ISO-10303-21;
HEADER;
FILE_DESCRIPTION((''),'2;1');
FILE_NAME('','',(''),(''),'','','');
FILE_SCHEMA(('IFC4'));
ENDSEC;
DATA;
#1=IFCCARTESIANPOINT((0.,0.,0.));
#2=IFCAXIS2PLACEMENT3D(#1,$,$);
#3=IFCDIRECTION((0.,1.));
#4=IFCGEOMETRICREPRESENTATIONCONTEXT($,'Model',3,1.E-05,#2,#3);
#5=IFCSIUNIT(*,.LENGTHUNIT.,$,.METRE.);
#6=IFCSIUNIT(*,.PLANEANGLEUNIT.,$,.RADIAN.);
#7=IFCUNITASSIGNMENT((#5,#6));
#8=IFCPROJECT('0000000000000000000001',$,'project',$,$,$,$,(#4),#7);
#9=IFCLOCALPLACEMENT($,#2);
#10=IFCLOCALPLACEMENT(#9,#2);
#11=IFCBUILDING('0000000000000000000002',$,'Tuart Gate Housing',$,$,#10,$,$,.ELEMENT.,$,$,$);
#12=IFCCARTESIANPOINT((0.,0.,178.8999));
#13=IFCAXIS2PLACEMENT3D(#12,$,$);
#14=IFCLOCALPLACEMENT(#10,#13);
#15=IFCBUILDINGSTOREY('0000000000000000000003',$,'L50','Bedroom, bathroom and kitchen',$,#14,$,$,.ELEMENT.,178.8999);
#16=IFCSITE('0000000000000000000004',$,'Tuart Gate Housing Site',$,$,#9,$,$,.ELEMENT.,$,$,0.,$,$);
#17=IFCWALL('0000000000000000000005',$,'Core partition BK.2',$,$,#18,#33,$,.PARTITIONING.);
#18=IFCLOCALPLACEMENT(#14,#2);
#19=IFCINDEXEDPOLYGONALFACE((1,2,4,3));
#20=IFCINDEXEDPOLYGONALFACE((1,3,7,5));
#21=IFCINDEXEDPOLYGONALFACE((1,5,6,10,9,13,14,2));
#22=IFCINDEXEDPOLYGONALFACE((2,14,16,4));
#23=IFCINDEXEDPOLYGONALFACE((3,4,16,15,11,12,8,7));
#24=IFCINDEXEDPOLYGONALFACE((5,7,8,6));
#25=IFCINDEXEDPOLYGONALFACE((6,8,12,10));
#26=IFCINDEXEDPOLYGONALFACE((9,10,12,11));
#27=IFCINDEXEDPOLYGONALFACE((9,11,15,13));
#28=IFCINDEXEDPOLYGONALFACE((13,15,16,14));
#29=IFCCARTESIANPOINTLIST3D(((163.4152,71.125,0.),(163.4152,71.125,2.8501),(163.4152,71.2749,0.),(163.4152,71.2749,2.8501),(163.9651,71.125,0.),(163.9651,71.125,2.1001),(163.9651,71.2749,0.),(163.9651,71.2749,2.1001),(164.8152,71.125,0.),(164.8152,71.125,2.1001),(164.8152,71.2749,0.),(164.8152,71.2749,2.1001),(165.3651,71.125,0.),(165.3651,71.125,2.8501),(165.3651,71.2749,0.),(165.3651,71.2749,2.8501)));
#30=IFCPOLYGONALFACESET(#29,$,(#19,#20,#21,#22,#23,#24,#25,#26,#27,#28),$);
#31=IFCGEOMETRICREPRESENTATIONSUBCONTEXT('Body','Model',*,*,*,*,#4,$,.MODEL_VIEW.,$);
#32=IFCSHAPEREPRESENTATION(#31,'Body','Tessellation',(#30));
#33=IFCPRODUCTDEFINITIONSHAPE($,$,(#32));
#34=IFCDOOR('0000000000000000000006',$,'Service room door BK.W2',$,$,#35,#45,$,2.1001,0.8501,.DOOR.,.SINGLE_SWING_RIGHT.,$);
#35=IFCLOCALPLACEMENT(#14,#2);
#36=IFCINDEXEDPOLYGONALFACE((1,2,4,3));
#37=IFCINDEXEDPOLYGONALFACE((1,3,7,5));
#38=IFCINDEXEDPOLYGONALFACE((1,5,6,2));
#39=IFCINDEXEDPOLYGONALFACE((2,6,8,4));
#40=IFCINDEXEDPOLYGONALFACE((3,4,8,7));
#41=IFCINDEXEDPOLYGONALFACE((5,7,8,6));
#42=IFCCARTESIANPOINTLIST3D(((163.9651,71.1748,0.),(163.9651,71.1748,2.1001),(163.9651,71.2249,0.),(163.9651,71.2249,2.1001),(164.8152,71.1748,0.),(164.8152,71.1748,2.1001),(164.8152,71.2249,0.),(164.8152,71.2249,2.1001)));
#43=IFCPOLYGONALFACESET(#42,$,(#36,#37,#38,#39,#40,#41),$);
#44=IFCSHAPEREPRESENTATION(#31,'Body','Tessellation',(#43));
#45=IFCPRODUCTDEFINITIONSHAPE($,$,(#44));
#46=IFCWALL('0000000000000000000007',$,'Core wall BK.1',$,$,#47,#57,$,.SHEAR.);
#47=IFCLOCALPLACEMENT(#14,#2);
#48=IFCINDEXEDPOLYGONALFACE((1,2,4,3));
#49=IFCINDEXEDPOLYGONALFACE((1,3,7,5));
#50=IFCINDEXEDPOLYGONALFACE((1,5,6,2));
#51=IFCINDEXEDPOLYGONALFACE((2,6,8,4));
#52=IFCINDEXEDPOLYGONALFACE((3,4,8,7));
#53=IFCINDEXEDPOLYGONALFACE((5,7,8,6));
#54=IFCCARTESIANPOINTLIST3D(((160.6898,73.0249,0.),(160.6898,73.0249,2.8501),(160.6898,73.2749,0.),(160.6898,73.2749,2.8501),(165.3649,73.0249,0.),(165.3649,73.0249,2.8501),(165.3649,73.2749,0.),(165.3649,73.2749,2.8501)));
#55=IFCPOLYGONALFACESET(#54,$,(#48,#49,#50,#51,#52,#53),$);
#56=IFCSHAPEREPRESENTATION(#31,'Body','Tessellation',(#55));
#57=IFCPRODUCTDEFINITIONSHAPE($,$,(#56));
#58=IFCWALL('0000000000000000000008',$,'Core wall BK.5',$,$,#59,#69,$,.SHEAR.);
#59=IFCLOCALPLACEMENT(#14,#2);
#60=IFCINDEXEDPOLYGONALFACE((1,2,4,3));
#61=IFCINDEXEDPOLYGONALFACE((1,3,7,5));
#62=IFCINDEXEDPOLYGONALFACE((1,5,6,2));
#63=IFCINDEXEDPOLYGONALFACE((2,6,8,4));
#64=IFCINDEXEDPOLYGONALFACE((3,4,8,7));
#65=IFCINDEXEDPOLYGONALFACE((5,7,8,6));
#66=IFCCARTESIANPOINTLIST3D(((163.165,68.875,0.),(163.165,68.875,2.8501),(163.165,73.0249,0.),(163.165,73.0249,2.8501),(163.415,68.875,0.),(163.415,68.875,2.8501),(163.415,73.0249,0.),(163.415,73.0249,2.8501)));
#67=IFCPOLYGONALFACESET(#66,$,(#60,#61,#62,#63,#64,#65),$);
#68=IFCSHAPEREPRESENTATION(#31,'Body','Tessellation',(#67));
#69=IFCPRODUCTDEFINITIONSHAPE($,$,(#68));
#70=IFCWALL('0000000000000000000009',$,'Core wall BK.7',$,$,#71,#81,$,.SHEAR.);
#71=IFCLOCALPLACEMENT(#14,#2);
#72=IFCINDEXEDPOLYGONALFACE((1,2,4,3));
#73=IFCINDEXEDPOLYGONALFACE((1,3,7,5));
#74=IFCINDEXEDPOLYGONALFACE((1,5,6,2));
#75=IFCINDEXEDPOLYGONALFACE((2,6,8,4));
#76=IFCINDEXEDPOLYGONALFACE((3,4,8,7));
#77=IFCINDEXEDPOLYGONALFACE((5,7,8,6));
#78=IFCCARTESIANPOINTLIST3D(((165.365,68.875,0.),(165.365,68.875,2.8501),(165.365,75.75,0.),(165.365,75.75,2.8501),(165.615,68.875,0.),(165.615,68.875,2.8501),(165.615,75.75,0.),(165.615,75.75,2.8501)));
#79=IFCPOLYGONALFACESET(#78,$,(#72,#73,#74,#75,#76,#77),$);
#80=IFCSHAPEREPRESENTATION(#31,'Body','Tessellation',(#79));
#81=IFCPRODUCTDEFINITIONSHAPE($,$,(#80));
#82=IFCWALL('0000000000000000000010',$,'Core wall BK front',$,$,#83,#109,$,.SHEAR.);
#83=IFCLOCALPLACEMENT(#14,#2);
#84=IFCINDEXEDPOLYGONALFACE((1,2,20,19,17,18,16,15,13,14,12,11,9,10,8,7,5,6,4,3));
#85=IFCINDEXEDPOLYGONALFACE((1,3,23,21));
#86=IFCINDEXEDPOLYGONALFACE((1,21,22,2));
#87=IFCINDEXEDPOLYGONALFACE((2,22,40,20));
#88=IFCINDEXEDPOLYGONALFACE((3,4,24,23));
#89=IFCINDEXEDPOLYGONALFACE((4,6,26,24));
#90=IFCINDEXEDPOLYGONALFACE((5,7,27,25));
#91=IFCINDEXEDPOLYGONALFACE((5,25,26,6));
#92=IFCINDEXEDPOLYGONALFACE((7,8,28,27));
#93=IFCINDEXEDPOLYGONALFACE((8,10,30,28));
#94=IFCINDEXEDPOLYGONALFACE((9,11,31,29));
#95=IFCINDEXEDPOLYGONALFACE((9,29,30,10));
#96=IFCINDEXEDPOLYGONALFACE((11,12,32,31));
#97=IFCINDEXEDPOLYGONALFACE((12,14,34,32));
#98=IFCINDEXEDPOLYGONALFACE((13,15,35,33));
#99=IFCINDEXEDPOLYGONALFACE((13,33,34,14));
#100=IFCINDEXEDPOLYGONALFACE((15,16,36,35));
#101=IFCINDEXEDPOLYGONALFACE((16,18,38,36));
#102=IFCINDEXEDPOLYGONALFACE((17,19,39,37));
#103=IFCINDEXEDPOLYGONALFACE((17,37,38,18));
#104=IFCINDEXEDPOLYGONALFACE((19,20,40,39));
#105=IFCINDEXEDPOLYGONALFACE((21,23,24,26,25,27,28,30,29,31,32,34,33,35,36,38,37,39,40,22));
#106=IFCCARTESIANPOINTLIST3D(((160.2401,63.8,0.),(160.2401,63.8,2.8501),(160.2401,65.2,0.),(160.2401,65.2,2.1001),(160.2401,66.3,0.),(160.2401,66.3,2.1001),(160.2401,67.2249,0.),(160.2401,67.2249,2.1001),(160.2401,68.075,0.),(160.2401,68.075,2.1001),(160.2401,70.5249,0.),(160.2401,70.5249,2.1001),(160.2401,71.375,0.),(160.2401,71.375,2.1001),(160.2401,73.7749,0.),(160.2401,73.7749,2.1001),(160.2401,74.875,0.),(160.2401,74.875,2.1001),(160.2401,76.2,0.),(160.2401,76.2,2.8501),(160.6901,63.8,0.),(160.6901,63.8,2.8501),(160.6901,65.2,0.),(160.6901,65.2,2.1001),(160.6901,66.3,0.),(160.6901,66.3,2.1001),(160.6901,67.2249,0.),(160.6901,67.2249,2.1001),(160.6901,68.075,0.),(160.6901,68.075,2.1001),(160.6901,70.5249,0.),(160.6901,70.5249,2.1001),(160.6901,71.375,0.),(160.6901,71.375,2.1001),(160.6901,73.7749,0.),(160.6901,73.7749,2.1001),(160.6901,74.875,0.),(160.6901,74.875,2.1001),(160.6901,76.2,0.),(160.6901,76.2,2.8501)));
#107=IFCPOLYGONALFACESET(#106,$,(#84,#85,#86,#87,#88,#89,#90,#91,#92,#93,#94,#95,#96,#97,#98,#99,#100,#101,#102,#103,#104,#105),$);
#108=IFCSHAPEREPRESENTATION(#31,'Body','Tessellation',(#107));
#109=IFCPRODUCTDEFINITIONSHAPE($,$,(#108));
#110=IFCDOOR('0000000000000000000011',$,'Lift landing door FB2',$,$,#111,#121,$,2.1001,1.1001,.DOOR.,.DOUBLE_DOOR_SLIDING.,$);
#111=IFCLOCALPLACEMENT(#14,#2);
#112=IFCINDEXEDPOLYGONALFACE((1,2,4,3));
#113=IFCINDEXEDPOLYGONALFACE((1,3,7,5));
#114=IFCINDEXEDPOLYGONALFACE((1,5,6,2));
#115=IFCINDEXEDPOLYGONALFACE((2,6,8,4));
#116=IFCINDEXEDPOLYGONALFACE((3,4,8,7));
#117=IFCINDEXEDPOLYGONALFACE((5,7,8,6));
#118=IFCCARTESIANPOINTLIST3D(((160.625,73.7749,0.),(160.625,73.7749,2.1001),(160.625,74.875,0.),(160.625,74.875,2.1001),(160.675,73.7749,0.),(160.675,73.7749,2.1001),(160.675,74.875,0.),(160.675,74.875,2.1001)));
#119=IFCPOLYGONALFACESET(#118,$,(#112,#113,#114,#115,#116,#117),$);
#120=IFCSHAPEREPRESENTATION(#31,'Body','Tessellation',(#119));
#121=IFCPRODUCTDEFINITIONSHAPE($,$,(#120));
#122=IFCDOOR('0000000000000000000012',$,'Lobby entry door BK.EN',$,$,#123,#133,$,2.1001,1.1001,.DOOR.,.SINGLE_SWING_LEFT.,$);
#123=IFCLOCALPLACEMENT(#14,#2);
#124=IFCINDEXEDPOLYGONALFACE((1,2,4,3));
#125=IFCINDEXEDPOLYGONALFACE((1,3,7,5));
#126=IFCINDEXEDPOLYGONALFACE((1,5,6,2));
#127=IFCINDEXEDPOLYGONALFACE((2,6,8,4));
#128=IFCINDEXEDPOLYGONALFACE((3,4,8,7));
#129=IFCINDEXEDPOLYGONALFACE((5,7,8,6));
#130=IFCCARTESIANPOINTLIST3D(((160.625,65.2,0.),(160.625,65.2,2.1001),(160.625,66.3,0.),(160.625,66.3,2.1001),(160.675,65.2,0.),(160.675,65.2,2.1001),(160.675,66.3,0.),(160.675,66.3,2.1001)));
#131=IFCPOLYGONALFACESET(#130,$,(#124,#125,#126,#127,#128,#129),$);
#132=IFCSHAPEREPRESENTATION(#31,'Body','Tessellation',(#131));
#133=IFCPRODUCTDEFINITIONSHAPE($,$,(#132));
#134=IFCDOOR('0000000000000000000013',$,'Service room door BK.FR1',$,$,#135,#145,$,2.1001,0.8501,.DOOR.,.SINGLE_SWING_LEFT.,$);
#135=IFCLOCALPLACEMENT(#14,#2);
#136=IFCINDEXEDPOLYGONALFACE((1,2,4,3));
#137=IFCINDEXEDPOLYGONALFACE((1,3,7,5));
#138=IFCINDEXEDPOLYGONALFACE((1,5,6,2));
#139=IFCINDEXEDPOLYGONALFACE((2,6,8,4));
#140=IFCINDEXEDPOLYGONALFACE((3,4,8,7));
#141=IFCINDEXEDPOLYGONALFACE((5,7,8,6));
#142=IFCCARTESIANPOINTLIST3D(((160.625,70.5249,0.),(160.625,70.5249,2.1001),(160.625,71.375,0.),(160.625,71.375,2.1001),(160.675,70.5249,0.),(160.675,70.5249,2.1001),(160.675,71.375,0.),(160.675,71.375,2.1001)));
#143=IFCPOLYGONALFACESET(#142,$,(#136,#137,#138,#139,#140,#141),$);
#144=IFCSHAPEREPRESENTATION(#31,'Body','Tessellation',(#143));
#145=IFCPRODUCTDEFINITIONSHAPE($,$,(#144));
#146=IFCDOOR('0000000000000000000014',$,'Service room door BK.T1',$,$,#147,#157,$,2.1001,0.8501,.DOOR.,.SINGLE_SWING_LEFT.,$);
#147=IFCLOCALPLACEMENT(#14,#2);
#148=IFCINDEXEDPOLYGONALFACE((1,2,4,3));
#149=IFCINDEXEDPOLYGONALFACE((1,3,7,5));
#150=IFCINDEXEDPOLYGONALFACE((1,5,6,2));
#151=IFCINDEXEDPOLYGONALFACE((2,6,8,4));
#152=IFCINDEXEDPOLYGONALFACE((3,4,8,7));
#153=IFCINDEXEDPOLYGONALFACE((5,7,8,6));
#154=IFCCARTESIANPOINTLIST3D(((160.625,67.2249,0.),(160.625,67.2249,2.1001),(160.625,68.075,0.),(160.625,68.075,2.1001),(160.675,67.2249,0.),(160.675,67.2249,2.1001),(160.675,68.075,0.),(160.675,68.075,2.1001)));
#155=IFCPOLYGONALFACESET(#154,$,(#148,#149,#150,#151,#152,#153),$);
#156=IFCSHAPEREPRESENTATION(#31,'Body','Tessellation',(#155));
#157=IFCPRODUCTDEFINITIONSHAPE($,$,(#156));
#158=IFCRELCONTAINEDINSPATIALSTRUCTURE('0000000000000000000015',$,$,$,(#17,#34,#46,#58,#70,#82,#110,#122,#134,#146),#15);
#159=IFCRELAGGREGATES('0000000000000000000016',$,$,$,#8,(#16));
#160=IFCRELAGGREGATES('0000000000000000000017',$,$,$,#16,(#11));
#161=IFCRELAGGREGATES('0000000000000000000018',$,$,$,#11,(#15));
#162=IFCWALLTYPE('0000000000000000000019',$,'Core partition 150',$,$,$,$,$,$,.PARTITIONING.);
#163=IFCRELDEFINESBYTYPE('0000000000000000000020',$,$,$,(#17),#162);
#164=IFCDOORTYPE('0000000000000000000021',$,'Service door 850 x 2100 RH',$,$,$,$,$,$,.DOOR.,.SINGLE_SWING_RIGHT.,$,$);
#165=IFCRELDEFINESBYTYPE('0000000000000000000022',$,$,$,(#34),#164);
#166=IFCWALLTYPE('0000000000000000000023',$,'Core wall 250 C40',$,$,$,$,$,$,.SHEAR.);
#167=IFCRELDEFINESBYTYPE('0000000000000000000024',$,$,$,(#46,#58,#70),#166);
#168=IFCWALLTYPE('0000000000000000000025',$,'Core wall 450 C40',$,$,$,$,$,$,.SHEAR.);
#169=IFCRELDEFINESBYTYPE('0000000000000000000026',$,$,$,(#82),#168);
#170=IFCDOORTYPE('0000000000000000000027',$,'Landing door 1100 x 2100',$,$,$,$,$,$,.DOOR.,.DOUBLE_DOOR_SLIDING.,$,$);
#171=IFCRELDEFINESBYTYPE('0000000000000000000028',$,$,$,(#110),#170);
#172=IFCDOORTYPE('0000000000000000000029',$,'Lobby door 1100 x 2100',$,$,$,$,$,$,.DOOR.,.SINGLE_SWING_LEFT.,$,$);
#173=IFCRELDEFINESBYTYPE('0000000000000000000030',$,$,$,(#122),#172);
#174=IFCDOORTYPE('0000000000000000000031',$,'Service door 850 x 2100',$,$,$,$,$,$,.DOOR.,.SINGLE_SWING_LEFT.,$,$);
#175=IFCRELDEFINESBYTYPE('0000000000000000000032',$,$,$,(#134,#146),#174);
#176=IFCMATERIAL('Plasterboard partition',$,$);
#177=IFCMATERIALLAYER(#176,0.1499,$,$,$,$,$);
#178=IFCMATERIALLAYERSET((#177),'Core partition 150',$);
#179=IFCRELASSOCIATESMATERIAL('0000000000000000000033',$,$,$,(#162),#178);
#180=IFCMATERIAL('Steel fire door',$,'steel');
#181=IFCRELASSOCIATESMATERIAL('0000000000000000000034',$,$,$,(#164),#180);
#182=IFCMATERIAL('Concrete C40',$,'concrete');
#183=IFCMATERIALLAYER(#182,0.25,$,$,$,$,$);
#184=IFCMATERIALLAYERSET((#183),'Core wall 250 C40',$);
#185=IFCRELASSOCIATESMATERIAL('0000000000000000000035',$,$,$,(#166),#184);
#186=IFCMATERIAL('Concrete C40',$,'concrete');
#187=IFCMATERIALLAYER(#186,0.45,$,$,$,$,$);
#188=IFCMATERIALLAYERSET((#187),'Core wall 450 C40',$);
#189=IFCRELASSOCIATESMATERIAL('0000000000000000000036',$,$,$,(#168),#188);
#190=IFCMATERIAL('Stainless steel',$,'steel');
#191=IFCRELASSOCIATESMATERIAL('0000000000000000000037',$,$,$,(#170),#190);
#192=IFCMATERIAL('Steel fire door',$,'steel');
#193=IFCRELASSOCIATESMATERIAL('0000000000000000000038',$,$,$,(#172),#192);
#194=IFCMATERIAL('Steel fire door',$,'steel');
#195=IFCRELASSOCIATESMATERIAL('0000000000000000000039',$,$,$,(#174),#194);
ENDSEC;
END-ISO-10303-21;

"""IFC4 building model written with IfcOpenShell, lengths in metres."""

from ifc_helpers import new_model, si_unit, direction, frame, frame_2d, origin, place, context, subcontext, project, spatial, rectangle, extrude, material, layer, layer_set, type_object, element, fill, save


model = new_model("IFC4")

# Units and contexts
model_context = context("Model", 3, precision=1e-05, world=origin(), true_north=direction((0.0, 1.0)))
body_context = subcontext(model_context, "Body", "Model", "MODEL_VIEW")
ifc_project = project(units=[si_unit("LENGTHUNIT", "METRE"), si_unit("PLANEANGLEUNIT", "RADIAN")], contexts=[model_context])

# Site, building, storey
site_placement = place(None, origin())
site = spatial("IfcSite", under=ifc_project, at=site_placement, Name="Tuart Gate Housing Site", CompositionType="ELEMENT", RefElevation=0.0)
building_placement = place(site_placement, origin())
building = spatial("IfcBuilding", under=site, at=building_placement, Name="Tuart Gate Housing", CompositionType="ELEMENT")
storey_placement = place(building_placement, frame((0.0, 0.0, 178.8999)))
storey = spatial("IfcBuildingStorey", under=building, at=storey_placement, Name="L50", Description="Bedroom, bathroom and kitchen", CompositionType="ELEMENT", Elevation=178.8999)

# Wall, opening, door
ifc_material_1 = material(Name="Plasterboard partition")
ifc_layer_1 = layer(ifc_material_1, 0.1499)
ifc_layer_set_1 = layer_set([ifc_layer_1], Name="Core partition 150")
wall_type_1 = type_object("IfcWallType", Name="Core partition 150", PredefinedType="PARTITIONING", material=ifc_layer_set_1)
wall_1_placement = place(storey_placement, frame((163.415, 71.2, 0.0), z_axis=(0.0, 0.0, 1.0), x_axis=(1.0, 0.0, 0.0)))
wall_1 = element("IfcWall", 1, at=wall_1_placement, inside=storey, type_object=wall_type_1, Name="Core partition BK.2", PredefinedType="PARTITIONING", context=body_context, shape_type="SweptSolid", body=[
    extrude(rectangle(XDim=1.95, YDim=0.1499, at=frame_2d((0.9751, 0.0))), origin(), (0.0, 0.0, 1.0), 2.8501),
])
opening_1_placement = place(wall_1_placement, frame((0.55, 0.0, 0.0)))
opening_1 = element("IfcOpeningElement", 2, at=opening_1_placement, cuts=wall_1, PredefinedType="OPENING", context=body_context, shape_type="SweptSolid", body=[
    extrude(rectangle(XDim=0.8501, YDim=2.1001, at=frame_2d((0.425, 1.05))), frame((0.0, 0.085, 0.0), z_axis=(0.0, -1.0, 0.0), x_axis=(1.0, 0.0, 0.0)), (0.0, 0.0, 1.0), 0.1699),
])
ifc_material_2 = material(Name="Steel fire door", Category="steel")
door_type_1 = type_object("IfcDoorType", Name="Service door 850 x 2100 RH", OperationType="SINGLE_SWING_RIGHT", PredefinedType="DOOR", material=ifc_material_2)
door_1_placement = place(opening_1_placement, frame((0.8501, 0.0, 0.0), z_axis=(0.0, 0.0, 1.0), x_axis=(-1.0, 0.0, 0.0)))
door_1 = element("IfcDoor", 3, at=door_1_placement, inside=storey, type_object=door_type_1, Name="Service room door BK.W2", OperationType="SINGLE_SWING_RIGHT", OverallHeight=2.1001, OverallWidth=0.8501, PredefinedType="DOOR", context=body_context, shape_type="SweptSolid", body=[
    extrude(rectangle(XDim=0.8501, YDim=2.1001, at=frame_2d((0.425, 1.05))), frame((0.0, 0.0251, 0.0), z_axis=(0.0, -1.0, 0.0), x_axis=(1.0, 0.0, 0.0)), (0.0, 0.0, 1.0), 0.05),
])
fill(opening_1, door_1)

# Walls
ifc_material_3 = material(Name="Concrete C40", Category="concrete")
ifc_layer_2 = layer(ifc_material_3, 0.25)
ifc_layer_set_2 = layer_set([ifc_layer_2], Name="Core wall 250 C40")
wall_type_2 = type_object("IfcWallType", Name="Core wall 250 C40", PredefinedType="SHEAR", material=ifc_layer_set_2)
wall_2_placement = place(storey_placement, frame((160.6899, 73.1499, 0.0), z_axis=(0.0, 0.0, 1.0), x_axis=(1.0, 0.0, 0.0)))
element("IfcWall", 4, at=wall_2_placement, inside=storey, type_object=wall_type_2, Name="Core wall BK.1", PredefinedType="SHEAR", context=body_context, shape_type="SweptSolid", body=[
    extrude(rectangle(XDim=4.675, YDim=0.25, at=frame_2d((2.3374, 0.0))), origin(), (0.0, 0.0, 1.0), 2.8501),
])
wall_3_placement = place(storey_placement, frame((163.29, 73.0249, 0.0), z_axis=(0.0, 0.0, 1.0), x_axis=(0.0, -1.0, 0.0)))
element("IfcWall", 5, at=wall_3_placement, inside=storey, type_object=wall_type_2, Name="Core wall BK.5", PredefinedType="SHEAR", context=body_context, shape_type="SweptSolid", body=[
    extrude(rectangle(XDim=4.1499, YDim=0.25, at=frame_2d((2.075, 0.0))), origin(), (0.0, 0.0, 1.0), 2.8501),
])
wall_4_placement = place(storey_placement, frame((165.49, 75.75, 0.0), z_axis=(0.0, 0.0, 1.0), x_axis=(0.0, -1.0, 0.0)))
element("IfcWall", 6, at=wall_4_placement, inside=storey, type_object=wall_type_2, Name="Core wall BK.7", PredefinedType="SHEAR", context=body_context, shape_type="SweptSolid", body=[
    extrude(rectangle(XDim=6.875, YDim=0.25, at=frame_2d((3.4375, 0.0))), origin(), (0.0, 0.0, 1.0), 2.8501),
])

# Wall, openings, doors
ifc_material_4 = material(Name="Concrete C40", Category="concrete")
ifc_layer_3 = layer(ifc_material_4, 0.45)
ifc_layer_set_3 = layer_set([ifc_layer_3], Name="Core wall 450 C40")
wall_type_3 = type_object("IfcWallType", Name="Core wall 450 C40", PredefinedType="SHEAR", material=ifc_layer_set_3)
wall_5_placement = place(storey_placement, frame((160.4651, 76.2, 0.0), z_axis=(0.0, 0.0, 1.0), x_axis=(0.0, -1.0, 0.0)))
wall_5 = element("IfcWall", 7, at=wall_5_placement, inside=storey, type_object=wall_type_3, Name="Core wall BK front", PredefinedType="SHEAR", context=body_context, shape_type="SweptSolid", body=[
    extrude(rectangle(XDim=12.3999, YDim=0.45, at=frame_2d((6.2, 0.0))), origin(), (0.0, 0.0, 1.0), 2.8501),
])
opening_2_placement = place(wall_5_placement, frame((1.325, 0.0, 0.0)))
opening_2 = element("IfcOpeningElement", 8, at=opening_2_placement, cuts=wall_5, PredefinedType="OPENING", context=body_context, shape_type="SweptSolid", body=[
    extrude(rectangle(XDim=1.1001, YDim=2.1001, at=frame_2d((0.55, 1.05))), frame((0.0, 0.2349, 0.0), z_axis=(0.0, -1.0, 0.0), x_axis=(1.0, 0.0, 0.0)), (0.0, 0.0, 1.0), 0.47),
])
opening_3_placement = place(wall_5_placement, frame((4.825, 0.0, 0.0)))
opening_3 = element("IfcOpeningElement", 9, at=opening_3_placement, cuts=wall_5, PredefinedType="OPENING", context=body_context, shape_type="SweptSolid", body=[
    extrude(rectangle(XDim=0.8501, YDim=2.1001, at=frame_2d((0.425, 1.05))), frame((0.0, 0.2349, 0.0), z_axis=(0.0, -1.0, 0.0), x_axis=(1.0, 0.0, 0.0)), (0.0, 0.0, 1.0), 0.47),
])
opening_4_placement = place(wall_5_placement, frame((9.8999, 0.0, 0.0)))
opening_4 = element("IfcOpeningElement", 10, at=opening_4_placement, cuts=wall_5, PredefinedType="OPENING", context=body_context, shape_type="SweptSolid", body=[
    extrude(rectangle(XDim=1.1001, YDim=2.1001, at=frame_2d((0.55, 1.05))), frame((0.0, 0.2349, 0.0), z_axis=(0.0, -1.0, 0.0), x_axis=(1.0, 0.0, 0.0)), (0.0, 0.0, 1.0), 0.47),
])
opening_5_placement = place(wall_5_placement, frame((8.125, 0.0, 0.0)))
opening_5 = element("IfcOpeningElement", 11, at=opening_5_placement, cuts=wall_5, PredefinedType="OPENING", context=body_context, shape_type="SweptSolid", body=[
    extrude(rectangle(XDim=0.8501, YDim=2.1001, at=frame_2d((0.425, 1.05))), frame((0.0, 0.2349, 0.0), z_axis=(0.0, -1.0, 0.0), x_axis=(1.0, 0.0, 0.0)), (0.0, 0.0, 1.0), 0.47),
])
ifc_material_5 = material(Name="Stainless steel", Category="steel")
door_type_2 = type_object("IfcDoorType", Name="Landing door 1100 x 2100", OperationType="DOUBLE_DOOR_SLIDING", PredefinedType="DOOR", material=ifc_material_5)
door_2_placement = place(opening_2_placement, origin())
door_2 = element("IfcDoor", 12, at=door_2_placement, inside=storey, type_object=door_type_2, Name="Lift landing door FB2", OperationType="DOUBLE_DOOR_SLIDING", OverallHeight=2.1001, OverallWidth=1.1001, PredefinedType="DOOR", context=body_context, shape_type="SweptSolid", body=[
    extrude(rectangle(XDim=1.1001, YDim=2.1001, at=frame_2d((0.55, 1.05))), frame((0.0, 0.21, 0.0), z_axis=(0.0, -1.0, 0.0), x_axis=(1.0, 0.0, 0.0)), (0.0, 0.0, 1.0), 0.05),
])
fill(opening_2, door_2)
ifc_material_6 = material(Name="Steel fire door", Category="steel")
door_type_3 = type_object("IfcDoorType", Name="Lobby door 1100 x 2100", OperationType="SINGLE_SWING_LEFT", PredefinedType="DOOR", material=ifc_material_6)
door_3_placement = place(opening_4_placement, origin())
door_3 = element("IfcDoor", 13, at=door_3_placement, inside=storey, type_object=door_type_3, Name="Lobby entry door BK.EN", OperationType="SINGLE_SWING_LEFT", OverallHeight=2.1001, OverallWidth=1.1001, PredefinedType="DOOR", context=body_context, shape_type="SweptSolid", body=[
    extrude(rectangle(XDim=1.1001, YDim=2.1001, at=frame_2d((0.55, 1.05))), frame((0.0, 0.21, 0.0), z_axis=(0.0, -1.0, 0.0), x_axis=(1.0, 0.0, 0.0)), (0.0, 0.0, 1.0), 0.05),
])
fill(opening_4, door_3)
ifc_material_7 = material(Name="Steel fire door", Category="steel")
door_type_4 = type_object("IfcDoorType", Name="Service door 850 x 2100", OperationType="SINGLE_SWING_LEFT", PredefinedType="DOOR", material=ifc_material_7)
door_4_placement = place(opening_3_placement, origin())
door_4 = element("IfcDoor", 14, at=door_4_placement, inside=storey, type_object=door_type_4, Name="Service room door BK.FR1", OperationType="SINGLE_SWING_LEFT", OverallHeight=2.1001, OverallWidth=0.8501, PredefinedType="DOOR", context=body_context, shape_type="SweptSolid", body=[
    extrude(rectangle(XDim=0.8501, YDim=2.1001, at=frame_2d((0.425, 1.05))), frame((0.0, 0.21, 0.0), z_axis=(0.0, -1.0, 0.0), x_axis=(1.0, 0.0, 0.0)), (0.0, 0.0, 1.0), 0.05),
])
fill(opening_3, door_4)
door_5_placement = place(opening_5_placement, origin())
door_5 = element("IfcDoor", 15, at=door_5_placement, inside=storey, type_object=door_type_4, Name="Service room door BK.T1", OperationType="SINGLE_SWING_LEFT", OverallHeight=2.1001, OverallWidth=0.8501, PredefinedType="DOOR", context=body_context, shape_type="SweptSolid", body=[
    extrude(rectangle(XDim=0.8501, YDim=2.1001, at=frame_2d((0.425, 1.05))), frame((0.0, 0.21, 0.0), z_axis=(0.0, -1.0, 0.0), x_axis=(1.0, 0.0, 0.0)), (0.0, 0.0, 1.0), 0.05),
])
fill(opening_5, door_5)

save(model, "model.ifc")
